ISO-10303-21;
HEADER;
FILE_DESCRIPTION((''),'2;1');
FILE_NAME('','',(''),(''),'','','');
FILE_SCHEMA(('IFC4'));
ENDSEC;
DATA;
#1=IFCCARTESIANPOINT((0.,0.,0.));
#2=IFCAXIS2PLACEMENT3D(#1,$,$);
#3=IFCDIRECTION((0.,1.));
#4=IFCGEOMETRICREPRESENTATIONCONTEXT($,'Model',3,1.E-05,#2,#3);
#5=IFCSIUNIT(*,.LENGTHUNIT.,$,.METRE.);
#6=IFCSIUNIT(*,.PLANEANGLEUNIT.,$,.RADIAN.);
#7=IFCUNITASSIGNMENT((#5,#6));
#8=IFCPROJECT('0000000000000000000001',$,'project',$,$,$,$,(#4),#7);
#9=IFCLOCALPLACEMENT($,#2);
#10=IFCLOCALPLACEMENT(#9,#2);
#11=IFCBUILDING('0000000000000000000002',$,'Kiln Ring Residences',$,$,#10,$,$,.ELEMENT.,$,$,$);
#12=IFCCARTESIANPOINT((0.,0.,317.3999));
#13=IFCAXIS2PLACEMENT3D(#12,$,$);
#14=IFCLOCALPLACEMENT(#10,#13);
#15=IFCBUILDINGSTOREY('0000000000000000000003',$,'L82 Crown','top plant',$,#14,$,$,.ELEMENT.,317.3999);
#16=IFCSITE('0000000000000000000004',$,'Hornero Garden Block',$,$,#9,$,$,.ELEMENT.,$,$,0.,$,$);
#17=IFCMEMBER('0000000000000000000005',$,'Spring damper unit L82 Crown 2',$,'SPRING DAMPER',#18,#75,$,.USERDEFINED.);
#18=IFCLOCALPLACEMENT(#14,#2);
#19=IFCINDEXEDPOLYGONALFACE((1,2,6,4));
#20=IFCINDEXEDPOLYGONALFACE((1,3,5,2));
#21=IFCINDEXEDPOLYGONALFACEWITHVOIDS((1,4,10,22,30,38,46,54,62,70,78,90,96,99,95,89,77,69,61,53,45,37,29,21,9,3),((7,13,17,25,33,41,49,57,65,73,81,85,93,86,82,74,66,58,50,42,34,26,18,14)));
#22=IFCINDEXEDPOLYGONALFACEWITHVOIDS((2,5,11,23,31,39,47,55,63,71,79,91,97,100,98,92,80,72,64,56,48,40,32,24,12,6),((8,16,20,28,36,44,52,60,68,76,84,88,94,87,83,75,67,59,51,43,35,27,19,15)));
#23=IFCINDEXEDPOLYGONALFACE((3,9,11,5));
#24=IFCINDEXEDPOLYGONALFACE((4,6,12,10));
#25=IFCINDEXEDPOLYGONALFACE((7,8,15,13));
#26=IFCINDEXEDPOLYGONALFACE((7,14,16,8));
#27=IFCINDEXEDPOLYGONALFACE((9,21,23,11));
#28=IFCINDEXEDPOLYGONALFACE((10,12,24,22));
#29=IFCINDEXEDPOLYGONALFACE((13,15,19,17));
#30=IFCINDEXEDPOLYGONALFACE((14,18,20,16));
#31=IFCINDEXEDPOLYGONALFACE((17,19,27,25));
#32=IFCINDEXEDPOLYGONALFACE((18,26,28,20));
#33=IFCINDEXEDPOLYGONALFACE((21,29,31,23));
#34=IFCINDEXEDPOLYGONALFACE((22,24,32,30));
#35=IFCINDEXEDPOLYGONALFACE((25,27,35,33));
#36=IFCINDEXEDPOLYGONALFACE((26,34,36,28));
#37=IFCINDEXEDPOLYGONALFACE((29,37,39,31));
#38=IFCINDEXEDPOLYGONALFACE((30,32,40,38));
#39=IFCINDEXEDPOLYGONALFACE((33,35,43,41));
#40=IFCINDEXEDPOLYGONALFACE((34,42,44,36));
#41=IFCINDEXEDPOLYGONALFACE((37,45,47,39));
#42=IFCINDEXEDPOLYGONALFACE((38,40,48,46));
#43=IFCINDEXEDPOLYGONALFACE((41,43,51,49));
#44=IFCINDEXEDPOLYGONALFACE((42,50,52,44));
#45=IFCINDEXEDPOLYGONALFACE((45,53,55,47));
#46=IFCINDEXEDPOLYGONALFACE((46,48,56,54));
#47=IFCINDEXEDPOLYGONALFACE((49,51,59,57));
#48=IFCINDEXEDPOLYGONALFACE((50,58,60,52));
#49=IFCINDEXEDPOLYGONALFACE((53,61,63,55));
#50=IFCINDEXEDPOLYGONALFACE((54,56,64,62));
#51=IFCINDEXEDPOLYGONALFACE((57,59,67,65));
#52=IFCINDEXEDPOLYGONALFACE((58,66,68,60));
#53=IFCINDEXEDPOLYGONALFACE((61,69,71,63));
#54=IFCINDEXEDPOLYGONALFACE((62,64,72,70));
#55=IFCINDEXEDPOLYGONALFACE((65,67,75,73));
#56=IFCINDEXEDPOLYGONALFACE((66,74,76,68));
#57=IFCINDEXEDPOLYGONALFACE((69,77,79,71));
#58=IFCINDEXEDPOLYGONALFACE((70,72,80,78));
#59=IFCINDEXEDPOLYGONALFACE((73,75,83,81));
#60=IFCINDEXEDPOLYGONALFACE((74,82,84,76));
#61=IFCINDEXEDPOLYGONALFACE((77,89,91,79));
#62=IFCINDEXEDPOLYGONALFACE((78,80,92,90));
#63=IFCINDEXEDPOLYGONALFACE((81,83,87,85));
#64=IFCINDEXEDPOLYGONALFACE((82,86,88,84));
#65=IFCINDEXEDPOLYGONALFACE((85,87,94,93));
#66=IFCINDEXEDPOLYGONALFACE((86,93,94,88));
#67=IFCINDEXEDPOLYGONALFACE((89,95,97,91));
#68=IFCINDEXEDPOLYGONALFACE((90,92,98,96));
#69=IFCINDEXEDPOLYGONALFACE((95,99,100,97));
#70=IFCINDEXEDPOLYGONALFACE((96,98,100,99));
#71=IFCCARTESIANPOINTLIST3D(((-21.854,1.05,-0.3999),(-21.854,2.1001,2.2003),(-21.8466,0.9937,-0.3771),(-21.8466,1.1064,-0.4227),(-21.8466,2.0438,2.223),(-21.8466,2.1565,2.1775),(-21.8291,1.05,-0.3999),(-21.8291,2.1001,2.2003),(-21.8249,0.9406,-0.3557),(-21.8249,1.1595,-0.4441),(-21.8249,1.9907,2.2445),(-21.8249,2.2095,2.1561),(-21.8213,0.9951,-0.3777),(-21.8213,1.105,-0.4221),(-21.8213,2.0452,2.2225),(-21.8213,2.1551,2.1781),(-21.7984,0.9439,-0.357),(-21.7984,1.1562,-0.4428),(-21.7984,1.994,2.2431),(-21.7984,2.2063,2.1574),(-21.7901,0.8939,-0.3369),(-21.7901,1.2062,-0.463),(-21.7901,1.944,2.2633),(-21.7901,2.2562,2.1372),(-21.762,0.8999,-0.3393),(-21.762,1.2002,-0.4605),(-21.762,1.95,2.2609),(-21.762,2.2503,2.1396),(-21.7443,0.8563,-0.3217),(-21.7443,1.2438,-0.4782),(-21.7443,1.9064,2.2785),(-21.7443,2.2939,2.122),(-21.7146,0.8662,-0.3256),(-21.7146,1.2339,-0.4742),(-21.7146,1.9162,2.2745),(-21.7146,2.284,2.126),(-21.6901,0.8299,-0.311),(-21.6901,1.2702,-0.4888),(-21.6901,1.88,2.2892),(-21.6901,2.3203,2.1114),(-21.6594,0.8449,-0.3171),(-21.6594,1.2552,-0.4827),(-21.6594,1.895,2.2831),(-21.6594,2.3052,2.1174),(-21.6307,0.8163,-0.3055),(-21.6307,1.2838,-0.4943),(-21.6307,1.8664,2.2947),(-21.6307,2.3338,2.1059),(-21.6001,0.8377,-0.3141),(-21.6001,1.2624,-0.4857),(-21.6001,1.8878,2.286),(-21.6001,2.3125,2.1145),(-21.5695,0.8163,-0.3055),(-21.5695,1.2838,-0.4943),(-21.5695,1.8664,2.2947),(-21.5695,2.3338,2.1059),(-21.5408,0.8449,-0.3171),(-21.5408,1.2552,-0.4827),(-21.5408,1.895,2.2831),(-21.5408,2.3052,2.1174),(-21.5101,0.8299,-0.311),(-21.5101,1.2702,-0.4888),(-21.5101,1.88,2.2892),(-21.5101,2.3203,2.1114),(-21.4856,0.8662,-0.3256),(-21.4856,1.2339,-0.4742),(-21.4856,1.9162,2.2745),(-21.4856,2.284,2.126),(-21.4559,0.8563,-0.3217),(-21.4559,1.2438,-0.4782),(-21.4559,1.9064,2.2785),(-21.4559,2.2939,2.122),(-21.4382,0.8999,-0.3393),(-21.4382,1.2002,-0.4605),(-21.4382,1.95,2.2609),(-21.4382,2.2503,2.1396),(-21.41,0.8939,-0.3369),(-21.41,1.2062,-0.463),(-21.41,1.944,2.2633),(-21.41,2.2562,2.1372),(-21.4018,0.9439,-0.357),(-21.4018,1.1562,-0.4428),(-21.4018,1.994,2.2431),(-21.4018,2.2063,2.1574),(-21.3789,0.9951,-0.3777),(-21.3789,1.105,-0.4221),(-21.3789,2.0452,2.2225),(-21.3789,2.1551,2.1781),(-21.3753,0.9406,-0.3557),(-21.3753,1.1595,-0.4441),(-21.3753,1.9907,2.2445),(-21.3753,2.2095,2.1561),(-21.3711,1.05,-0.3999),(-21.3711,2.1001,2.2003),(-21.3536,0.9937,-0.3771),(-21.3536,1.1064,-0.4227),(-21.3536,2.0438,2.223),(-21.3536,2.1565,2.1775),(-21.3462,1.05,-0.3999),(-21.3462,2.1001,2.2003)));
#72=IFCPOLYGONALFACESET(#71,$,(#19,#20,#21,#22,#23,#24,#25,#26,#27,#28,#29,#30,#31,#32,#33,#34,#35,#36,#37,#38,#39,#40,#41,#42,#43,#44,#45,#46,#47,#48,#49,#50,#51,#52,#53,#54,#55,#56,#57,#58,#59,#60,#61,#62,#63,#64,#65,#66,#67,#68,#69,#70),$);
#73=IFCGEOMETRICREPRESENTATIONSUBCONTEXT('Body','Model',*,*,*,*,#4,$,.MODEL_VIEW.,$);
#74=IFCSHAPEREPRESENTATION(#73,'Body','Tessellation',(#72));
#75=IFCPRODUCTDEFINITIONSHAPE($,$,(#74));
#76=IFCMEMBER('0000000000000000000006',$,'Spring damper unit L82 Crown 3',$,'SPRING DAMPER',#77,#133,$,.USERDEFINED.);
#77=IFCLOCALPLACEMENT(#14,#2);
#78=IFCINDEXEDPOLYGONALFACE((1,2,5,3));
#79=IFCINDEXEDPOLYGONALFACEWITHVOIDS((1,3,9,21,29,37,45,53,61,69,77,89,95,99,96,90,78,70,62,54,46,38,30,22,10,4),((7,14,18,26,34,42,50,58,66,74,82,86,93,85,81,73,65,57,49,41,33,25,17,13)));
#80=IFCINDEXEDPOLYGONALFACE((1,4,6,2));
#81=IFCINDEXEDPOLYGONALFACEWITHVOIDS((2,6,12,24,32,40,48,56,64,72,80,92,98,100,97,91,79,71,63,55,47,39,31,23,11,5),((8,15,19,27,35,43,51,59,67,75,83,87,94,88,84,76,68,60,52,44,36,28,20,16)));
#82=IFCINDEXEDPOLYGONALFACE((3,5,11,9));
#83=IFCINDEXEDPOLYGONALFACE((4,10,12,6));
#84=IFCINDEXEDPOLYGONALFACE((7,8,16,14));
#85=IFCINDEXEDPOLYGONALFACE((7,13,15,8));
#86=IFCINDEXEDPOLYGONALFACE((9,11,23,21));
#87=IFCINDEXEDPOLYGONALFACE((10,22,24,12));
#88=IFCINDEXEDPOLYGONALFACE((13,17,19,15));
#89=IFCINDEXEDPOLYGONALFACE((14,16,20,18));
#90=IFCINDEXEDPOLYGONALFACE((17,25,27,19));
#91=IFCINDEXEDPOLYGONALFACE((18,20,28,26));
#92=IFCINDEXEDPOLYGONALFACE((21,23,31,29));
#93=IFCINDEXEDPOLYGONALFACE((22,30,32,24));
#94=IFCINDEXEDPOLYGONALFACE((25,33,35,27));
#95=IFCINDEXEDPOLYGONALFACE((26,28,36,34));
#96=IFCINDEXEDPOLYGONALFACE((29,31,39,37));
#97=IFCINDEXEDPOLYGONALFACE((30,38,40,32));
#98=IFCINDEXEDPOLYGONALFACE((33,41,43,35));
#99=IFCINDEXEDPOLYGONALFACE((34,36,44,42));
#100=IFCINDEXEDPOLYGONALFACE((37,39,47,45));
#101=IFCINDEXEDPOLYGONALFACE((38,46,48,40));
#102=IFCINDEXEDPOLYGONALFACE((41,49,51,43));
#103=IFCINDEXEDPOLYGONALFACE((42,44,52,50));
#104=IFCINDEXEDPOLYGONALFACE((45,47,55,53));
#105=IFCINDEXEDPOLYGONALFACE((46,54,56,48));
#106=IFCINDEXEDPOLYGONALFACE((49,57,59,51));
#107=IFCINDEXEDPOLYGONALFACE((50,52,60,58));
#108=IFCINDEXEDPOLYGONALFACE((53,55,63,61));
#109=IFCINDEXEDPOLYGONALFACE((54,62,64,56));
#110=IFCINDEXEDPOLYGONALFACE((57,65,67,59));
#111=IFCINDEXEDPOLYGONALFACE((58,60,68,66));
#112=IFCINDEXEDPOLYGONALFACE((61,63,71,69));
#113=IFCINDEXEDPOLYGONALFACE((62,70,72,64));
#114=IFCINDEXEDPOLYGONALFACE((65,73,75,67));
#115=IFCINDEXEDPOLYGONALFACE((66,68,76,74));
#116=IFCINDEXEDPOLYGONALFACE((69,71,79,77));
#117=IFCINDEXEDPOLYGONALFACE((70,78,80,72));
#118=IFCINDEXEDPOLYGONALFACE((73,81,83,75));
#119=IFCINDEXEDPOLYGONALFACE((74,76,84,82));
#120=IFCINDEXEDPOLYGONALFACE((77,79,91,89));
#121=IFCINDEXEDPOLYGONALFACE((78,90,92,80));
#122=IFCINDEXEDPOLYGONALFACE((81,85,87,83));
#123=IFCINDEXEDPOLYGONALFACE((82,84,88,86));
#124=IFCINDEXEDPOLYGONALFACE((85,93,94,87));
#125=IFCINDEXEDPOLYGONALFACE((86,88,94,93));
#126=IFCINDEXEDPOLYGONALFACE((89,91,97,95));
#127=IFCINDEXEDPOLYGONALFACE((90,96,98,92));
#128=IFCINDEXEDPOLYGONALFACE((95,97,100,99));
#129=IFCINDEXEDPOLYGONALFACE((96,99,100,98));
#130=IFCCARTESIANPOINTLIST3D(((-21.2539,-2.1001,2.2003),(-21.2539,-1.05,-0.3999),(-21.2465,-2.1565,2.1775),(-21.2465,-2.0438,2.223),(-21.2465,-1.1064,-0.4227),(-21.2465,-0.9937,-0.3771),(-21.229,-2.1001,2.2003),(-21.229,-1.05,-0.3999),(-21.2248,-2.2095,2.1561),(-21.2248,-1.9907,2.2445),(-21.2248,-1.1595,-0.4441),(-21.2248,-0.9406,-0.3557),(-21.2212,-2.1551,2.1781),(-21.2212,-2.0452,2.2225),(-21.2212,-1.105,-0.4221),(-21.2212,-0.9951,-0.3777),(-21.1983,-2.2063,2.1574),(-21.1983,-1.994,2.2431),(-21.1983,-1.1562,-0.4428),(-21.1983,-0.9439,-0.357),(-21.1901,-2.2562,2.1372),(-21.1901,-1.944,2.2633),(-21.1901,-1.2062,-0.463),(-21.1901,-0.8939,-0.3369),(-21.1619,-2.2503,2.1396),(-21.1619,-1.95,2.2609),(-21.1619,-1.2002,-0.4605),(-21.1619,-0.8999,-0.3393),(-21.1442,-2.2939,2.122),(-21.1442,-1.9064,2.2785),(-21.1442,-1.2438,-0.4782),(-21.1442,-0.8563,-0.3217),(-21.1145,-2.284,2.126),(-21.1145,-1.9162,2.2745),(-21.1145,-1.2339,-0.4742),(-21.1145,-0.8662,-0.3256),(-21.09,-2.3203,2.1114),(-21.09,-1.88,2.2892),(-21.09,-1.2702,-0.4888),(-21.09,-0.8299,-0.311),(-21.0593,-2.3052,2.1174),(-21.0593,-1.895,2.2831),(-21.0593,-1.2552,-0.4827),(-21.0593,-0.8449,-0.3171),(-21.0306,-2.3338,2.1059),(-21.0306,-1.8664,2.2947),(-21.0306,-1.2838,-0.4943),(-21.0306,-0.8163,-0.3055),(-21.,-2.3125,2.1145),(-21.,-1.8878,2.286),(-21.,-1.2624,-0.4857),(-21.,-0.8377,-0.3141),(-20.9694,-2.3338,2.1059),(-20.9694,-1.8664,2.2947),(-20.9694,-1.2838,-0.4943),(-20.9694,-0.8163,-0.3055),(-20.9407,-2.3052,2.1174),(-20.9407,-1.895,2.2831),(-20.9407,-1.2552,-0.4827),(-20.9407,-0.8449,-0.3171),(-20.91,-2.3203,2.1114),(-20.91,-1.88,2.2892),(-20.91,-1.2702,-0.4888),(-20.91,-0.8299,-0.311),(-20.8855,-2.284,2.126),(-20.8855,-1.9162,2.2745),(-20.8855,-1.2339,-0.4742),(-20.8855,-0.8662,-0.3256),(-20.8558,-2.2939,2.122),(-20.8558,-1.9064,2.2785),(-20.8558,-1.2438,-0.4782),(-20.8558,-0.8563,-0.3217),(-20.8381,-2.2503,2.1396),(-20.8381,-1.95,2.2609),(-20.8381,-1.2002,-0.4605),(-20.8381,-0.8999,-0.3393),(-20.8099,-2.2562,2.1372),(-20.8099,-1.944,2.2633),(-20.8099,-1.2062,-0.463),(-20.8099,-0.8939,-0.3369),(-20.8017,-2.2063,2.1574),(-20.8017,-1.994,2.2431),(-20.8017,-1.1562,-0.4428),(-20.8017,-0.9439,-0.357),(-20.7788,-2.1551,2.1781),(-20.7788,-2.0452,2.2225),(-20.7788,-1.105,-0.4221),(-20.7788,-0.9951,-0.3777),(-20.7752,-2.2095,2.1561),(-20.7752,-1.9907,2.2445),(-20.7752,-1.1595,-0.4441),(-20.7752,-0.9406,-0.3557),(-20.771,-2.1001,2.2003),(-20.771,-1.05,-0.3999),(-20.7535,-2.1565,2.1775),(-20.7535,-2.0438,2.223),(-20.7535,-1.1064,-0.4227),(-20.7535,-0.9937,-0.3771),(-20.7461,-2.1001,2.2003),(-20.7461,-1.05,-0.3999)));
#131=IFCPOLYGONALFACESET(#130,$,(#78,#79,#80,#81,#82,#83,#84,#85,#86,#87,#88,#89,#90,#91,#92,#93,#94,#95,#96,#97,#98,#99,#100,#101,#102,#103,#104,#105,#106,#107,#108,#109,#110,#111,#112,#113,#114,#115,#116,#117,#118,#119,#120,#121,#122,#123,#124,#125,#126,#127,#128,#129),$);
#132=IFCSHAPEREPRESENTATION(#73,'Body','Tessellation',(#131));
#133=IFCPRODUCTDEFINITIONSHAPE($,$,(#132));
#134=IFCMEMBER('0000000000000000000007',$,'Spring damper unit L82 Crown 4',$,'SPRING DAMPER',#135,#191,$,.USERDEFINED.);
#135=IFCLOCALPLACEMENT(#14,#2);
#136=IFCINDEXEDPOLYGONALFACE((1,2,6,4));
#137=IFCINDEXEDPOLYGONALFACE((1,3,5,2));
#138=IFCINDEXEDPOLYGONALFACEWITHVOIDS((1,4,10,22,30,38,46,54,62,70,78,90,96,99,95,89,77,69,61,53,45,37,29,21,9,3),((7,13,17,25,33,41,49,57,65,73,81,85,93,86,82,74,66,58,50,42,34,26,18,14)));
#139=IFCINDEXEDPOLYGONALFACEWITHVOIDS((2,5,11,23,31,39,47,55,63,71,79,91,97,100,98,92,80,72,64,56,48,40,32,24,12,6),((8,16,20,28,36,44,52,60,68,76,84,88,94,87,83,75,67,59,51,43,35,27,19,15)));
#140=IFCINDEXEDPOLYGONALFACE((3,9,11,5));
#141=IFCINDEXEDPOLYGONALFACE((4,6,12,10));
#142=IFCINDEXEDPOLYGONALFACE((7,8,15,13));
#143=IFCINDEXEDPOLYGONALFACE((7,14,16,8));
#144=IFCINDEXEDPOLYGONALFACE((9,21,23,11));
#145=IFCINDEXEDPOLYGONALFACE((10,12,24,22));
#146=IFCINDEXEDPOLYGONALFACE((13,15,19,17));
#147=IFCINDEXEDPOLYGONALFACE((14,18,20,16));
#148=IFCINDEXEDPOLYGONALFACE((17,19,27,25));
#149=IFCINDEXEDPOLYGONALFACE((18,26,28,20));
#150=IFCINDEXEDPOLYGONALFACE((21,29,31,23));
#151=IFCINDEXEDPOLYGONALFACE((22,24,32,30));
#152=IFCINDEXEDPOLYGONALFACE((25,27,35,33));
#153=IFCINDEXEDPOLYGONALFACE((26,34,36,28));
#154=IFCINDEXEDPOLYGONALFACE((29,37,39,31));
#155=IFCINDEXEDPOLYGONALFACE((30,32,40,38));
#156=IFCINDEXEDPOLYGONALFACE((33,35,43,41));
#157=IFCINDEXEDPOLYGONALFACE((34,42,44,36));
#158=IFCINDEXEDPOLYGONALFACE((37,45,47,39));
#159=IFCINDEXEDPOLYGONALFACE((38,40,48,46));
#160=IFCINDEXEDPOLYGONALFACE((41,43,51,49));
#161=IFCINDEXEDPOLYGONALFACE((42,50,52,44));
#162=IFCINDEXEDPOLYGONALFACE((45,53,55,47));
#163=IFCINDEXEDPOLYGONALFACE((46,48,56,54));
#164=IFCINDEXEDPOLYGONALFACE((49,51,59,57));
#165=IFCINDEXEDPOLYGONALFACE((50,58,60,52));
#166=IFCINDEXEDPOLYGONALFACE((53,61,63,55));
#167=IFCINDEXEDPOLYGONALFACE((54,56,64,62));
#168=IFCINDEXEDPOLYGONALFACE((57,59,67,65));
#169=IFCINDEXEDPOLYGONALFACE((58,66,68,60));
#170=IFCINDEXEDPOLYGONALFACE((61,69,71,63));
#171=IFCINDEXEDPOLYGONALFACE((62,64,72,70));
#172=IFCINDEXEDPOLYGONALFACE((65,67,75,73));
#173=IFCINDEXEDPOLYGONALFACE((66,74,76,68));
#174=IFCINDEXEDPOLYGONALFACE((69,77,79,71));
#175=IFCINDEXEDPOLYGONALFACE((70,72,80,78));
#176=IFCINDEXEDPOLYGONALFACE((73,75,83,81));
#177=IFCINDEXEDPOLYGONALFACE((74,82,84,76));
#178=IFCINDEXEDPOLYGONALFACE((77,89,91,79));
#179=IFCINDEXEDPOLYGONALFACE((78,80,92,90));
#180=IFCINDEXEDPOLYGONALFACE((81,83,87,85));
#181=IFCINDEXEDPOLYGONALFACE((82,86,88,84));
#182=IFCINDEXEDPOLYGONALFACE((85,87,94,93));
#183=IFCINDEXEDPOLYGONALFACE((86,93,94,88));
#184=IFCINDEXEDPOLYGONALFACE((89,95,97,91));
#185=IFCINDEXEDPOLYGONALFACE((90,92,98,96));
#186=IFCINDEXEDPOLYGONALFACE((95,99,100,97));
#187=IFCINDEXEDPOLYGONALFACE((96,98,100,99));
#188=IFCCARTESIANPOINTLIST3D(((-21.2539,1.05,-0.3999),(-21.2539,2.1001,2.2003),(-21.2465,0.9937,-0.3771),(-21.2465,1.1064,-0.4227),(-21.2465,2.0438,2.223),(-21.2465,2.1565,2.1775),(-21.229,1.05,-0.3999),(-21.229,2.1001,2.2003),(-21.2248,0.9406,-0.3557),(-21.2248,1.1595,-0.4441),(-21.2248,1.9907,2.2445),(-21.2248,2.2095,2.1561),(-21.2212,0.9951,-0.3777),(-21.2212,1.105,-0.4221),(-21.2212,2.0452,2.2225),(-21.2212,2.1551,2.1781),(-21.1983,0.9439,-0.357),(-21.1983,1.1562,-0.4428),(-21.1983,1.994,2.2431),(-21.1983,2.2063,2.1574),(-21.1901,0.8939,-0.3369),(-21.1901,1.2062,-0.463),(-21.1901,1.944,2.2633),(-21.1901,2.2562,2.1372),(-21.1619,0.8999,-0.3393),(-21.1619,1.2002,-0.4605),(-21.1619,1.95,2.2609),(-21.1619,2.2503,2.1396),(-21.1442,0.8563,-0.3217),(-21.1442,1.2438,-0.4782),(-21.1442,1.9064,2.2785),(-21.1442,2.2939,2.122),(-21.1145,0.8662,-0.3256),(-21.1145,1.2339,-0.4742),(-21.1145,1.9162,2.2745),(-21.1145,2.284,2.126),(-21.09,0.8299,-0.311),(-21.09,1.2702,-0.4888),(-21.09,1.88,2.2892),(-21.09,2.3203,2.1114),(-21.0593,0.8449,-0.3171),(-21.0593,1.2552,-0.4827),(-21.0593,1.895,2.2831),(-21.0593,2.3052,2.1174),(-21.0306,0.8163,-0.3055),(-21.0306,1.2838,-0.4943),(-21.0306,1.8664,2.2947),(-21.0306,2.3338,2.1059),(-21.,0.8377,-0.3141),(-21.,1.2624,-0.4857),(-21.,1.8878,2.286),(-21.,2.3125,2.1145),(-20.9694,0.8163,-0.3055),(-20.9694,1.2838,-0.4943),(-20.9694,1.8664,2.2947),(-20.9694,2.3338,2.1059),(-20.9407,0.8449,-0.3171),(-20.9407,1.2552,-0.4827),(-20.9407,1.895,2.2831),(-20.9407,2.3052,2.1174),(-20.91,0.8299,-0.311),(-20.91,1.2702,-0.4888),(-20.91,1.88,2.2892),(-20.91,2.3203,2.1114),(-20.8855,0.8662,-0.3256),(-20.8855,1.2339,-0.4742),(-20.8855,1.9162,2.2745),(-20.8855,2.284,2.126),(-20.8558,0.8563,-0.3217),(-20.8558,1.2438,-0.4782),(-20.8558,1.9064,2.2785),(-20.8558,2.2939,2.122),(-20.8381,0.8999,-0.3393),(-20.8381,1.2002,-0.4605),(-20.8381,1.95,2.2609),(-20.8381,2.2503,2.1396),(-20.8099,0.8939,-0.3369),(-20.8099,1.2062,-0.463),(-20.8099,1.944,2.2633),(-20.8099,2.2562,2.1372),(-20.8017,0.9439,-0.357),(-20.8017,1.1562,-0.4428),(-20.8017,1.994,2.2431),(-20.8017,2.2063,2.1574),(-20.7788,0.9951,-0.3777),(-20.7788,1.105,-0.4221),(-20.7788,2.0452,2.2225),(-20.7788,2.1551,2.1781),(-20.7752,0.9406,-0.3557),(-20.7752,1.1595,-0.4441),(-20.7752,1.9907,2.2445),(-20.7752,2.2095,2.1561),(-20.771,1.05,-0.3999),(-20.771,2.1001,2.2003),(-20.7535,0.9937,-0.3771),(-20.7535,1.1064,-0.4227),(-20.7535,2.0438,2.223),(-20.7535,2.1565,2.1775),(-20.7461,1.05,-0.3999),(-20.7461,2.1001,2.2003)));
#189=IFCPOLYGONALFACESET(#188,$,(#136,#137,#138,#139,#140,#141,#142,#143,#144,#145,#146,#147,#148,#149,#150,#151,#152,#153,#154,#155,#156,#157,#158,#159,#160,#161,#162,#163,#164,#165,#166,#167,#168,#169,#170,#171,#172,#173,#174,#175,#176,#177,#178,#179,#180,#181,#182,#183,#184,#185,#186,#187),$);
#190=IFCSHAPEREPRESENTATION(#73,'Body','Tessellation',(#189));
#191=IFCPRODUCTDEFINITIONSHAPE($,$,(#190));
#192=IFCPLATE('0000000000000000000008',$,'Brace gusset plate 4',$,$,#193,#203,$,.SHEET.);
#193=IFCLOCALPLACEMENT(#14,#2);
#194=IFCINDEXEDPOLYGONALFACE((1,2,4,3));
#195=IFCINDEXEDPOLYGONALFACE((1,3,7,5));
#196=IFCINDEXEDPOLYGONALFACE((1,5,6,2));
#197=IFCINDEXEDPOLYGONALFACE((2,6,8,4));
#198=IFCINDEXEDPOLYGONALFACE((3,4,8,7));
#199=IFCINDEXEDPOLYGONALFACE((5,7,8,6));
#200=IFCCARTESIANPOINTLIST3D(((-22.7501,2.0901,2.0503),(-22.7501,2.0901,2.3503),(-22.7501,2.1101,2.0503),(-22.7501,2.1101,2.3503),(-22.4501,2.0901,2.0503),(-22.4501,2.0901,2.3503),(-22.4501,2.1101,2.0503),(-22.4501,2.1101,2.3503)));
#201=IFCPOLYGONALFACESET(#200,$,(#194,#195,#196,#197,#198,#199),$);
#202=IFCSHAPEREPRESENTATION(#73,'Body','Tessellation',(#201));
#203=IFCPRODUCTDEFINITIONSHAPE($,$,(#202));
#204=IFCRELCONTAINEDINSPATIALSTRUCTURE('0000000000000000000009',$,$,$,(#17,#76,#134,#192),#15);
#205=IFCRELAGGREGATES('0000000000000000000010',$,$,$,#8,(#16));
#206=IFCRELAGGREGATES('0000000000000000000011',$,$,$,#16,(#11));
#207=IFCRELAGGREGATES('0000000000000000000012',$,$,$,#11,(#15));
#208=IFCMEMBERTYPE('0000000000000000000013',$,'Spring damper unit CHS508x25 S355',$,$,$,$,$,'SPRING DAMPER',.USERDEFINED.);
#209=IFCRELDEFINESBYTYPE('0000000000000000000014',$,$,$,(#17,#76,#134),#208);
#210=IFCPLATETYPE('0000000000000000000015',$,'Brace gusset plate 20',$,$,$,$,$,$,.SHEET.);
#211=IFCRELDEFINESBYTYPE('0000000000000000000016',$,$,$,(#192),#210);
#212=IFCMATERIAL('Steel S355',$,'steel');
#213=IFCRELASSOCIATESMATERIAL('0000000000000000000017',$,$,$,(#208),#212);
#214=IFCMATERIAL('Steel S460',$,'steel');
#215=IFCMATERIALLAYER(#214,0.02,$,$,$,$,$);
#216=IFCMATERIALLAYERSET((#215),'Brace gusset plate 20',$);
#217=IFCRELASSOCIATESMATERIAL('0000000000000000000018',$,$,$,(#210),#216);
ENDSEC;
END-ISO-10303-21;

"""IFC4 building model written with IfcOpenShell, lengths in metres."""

from ifc_helpers import new_model, si_unit, direction, frame, origin, origin_2d, place, context, subcontext, project, spatial, rectangle, hollow_circle, extrude, material, layer, layer_set, material_profile, profile_set, type_object, element, save


model = new_model("IFC4")

# Units and contexts
model_context = context("Model", 3, precision=1e-05, world=origin(), true_north=direction((0.0, 1.0)))
body_context = subcontext(model_context, "Body", "Model", "MODEL_VIEW")
ifc_project = project(units=[si_unit("LENGTHUNIT", "METRE"), si_unit("PLANEANGLEUNIT", "RADIAN")], contexts=[model_context])

# Site, building, storey
site_placement = place(None, origin())
site = spatial("IfcSite", under=ifc_project, at=site_placement, Name="Hornero Garden Block", CompositionType="ELEMENT", RefElevation=0.0)
building_placement = place(site_placement, origin())
building = spatial("IfcBuilding", under=site, at=building_placement, Name="Kiln Ring Residences", CompositionType="ELEMENT")
storey_placement = place(building_placement, frame((0.0, 0.0, 317.3999)))
storey = spatial("IfcBuildingStorey", under=building, at=storey_placement, Name="L82 Crown", Description="top plant", CompositionType="ELEMENT", Elevation=317.3999)

# Members
ifc_material_1 = material(Name="Steel S355", Category="steel")
ifc_material_profile_1 = material_profile(ifc_material_1, hollow_circle(Radius=0.2539, WallThickness=0.0249, at=origin_2d()), Name="CHS508x25")
ifc_profile_set_1 = profile_set([ifc_material_profile_1], Name="Steel S355")
member_type_1 = type_object("IfcMemberType", Name="Spring damper unit CHS508x25 S355", ElementType="SPRING DAMPER", PredefinedType="USERDEFINED", material=ifc_profile_set_1)
for number, where, z_axis, x_axis, name in (
    (1, (-21.6001, 1.05, -0.3999), (0.0, 0.374466, 0.927241), (-1.0, 0.0, 0.0), "Spring damper unit L82 Crown 2"),
    (2, (-21.0, -1.05, -0.3999), (0.0, -0.374466, 0.927241), (1.0, 0.0, 0.0), "Spring damper unit L82 Crown 3"),
    (3, (-21.0, 1.05, -0.3999), (0.0, 0.374466, 0.927241), (-1.0, 0.0, 0.0), "Spring damper unit L82 Crown 4"),
):
    element("IfcMember", number, at=place(storey_placement, frame(where, z_axis=z_axis, x_axis=x_axis)), inside=storey, type_object=member_type_1, Name=name, ObjectType="SPRING DAMPER", PredefinedType="USERDEFINED", context=body_context, shape_type="SweptSolid", body=[
        extrude(hollow_circle(Radius=0.2539, WallThickness=0.0249, at=origin_2d()), origin(), (0.0, 0.0, 1.0), 2.8042),
    ])

# Plate
ifc_material_2 = material(Name="Steel S460", Category="steel")
ifc_layer_1 = layer(ifc_material_2, 0.02)
ifc_layer_set_1 = layer_set([ifc_layer_1], Name="Brace gusset plate 20")
plate_type = type_object("IfcPlateType", Name="Brace gusset plate 20", PredefinedType="SHEET", material=ifc_layer_set_1)
for number, where, z_axis, x_axis, name in (
    (4, (-22.6001, 2.1001, 2.0503), (0.0, 0.0, 1.0), (1.0, 0.0, 0.0), "Brace gusset plate 4"),
):
    element("IfcPlate", number, at=place(storey_placement, frame(where, z_axis=z_axis, x_axis=x_axis)), inside=storey, type_object=plate_type, Name=name, PredefinedType="SHEET", context=body_context, shape_type="SweptSolid", body=[
        extrude(rectangle(XDim=0.3, YDim=0.02, at=origin_2d()), origin(), (0.0, 0.0, 1.0), 0.3),
    ])

save(model, "model.ifc")
